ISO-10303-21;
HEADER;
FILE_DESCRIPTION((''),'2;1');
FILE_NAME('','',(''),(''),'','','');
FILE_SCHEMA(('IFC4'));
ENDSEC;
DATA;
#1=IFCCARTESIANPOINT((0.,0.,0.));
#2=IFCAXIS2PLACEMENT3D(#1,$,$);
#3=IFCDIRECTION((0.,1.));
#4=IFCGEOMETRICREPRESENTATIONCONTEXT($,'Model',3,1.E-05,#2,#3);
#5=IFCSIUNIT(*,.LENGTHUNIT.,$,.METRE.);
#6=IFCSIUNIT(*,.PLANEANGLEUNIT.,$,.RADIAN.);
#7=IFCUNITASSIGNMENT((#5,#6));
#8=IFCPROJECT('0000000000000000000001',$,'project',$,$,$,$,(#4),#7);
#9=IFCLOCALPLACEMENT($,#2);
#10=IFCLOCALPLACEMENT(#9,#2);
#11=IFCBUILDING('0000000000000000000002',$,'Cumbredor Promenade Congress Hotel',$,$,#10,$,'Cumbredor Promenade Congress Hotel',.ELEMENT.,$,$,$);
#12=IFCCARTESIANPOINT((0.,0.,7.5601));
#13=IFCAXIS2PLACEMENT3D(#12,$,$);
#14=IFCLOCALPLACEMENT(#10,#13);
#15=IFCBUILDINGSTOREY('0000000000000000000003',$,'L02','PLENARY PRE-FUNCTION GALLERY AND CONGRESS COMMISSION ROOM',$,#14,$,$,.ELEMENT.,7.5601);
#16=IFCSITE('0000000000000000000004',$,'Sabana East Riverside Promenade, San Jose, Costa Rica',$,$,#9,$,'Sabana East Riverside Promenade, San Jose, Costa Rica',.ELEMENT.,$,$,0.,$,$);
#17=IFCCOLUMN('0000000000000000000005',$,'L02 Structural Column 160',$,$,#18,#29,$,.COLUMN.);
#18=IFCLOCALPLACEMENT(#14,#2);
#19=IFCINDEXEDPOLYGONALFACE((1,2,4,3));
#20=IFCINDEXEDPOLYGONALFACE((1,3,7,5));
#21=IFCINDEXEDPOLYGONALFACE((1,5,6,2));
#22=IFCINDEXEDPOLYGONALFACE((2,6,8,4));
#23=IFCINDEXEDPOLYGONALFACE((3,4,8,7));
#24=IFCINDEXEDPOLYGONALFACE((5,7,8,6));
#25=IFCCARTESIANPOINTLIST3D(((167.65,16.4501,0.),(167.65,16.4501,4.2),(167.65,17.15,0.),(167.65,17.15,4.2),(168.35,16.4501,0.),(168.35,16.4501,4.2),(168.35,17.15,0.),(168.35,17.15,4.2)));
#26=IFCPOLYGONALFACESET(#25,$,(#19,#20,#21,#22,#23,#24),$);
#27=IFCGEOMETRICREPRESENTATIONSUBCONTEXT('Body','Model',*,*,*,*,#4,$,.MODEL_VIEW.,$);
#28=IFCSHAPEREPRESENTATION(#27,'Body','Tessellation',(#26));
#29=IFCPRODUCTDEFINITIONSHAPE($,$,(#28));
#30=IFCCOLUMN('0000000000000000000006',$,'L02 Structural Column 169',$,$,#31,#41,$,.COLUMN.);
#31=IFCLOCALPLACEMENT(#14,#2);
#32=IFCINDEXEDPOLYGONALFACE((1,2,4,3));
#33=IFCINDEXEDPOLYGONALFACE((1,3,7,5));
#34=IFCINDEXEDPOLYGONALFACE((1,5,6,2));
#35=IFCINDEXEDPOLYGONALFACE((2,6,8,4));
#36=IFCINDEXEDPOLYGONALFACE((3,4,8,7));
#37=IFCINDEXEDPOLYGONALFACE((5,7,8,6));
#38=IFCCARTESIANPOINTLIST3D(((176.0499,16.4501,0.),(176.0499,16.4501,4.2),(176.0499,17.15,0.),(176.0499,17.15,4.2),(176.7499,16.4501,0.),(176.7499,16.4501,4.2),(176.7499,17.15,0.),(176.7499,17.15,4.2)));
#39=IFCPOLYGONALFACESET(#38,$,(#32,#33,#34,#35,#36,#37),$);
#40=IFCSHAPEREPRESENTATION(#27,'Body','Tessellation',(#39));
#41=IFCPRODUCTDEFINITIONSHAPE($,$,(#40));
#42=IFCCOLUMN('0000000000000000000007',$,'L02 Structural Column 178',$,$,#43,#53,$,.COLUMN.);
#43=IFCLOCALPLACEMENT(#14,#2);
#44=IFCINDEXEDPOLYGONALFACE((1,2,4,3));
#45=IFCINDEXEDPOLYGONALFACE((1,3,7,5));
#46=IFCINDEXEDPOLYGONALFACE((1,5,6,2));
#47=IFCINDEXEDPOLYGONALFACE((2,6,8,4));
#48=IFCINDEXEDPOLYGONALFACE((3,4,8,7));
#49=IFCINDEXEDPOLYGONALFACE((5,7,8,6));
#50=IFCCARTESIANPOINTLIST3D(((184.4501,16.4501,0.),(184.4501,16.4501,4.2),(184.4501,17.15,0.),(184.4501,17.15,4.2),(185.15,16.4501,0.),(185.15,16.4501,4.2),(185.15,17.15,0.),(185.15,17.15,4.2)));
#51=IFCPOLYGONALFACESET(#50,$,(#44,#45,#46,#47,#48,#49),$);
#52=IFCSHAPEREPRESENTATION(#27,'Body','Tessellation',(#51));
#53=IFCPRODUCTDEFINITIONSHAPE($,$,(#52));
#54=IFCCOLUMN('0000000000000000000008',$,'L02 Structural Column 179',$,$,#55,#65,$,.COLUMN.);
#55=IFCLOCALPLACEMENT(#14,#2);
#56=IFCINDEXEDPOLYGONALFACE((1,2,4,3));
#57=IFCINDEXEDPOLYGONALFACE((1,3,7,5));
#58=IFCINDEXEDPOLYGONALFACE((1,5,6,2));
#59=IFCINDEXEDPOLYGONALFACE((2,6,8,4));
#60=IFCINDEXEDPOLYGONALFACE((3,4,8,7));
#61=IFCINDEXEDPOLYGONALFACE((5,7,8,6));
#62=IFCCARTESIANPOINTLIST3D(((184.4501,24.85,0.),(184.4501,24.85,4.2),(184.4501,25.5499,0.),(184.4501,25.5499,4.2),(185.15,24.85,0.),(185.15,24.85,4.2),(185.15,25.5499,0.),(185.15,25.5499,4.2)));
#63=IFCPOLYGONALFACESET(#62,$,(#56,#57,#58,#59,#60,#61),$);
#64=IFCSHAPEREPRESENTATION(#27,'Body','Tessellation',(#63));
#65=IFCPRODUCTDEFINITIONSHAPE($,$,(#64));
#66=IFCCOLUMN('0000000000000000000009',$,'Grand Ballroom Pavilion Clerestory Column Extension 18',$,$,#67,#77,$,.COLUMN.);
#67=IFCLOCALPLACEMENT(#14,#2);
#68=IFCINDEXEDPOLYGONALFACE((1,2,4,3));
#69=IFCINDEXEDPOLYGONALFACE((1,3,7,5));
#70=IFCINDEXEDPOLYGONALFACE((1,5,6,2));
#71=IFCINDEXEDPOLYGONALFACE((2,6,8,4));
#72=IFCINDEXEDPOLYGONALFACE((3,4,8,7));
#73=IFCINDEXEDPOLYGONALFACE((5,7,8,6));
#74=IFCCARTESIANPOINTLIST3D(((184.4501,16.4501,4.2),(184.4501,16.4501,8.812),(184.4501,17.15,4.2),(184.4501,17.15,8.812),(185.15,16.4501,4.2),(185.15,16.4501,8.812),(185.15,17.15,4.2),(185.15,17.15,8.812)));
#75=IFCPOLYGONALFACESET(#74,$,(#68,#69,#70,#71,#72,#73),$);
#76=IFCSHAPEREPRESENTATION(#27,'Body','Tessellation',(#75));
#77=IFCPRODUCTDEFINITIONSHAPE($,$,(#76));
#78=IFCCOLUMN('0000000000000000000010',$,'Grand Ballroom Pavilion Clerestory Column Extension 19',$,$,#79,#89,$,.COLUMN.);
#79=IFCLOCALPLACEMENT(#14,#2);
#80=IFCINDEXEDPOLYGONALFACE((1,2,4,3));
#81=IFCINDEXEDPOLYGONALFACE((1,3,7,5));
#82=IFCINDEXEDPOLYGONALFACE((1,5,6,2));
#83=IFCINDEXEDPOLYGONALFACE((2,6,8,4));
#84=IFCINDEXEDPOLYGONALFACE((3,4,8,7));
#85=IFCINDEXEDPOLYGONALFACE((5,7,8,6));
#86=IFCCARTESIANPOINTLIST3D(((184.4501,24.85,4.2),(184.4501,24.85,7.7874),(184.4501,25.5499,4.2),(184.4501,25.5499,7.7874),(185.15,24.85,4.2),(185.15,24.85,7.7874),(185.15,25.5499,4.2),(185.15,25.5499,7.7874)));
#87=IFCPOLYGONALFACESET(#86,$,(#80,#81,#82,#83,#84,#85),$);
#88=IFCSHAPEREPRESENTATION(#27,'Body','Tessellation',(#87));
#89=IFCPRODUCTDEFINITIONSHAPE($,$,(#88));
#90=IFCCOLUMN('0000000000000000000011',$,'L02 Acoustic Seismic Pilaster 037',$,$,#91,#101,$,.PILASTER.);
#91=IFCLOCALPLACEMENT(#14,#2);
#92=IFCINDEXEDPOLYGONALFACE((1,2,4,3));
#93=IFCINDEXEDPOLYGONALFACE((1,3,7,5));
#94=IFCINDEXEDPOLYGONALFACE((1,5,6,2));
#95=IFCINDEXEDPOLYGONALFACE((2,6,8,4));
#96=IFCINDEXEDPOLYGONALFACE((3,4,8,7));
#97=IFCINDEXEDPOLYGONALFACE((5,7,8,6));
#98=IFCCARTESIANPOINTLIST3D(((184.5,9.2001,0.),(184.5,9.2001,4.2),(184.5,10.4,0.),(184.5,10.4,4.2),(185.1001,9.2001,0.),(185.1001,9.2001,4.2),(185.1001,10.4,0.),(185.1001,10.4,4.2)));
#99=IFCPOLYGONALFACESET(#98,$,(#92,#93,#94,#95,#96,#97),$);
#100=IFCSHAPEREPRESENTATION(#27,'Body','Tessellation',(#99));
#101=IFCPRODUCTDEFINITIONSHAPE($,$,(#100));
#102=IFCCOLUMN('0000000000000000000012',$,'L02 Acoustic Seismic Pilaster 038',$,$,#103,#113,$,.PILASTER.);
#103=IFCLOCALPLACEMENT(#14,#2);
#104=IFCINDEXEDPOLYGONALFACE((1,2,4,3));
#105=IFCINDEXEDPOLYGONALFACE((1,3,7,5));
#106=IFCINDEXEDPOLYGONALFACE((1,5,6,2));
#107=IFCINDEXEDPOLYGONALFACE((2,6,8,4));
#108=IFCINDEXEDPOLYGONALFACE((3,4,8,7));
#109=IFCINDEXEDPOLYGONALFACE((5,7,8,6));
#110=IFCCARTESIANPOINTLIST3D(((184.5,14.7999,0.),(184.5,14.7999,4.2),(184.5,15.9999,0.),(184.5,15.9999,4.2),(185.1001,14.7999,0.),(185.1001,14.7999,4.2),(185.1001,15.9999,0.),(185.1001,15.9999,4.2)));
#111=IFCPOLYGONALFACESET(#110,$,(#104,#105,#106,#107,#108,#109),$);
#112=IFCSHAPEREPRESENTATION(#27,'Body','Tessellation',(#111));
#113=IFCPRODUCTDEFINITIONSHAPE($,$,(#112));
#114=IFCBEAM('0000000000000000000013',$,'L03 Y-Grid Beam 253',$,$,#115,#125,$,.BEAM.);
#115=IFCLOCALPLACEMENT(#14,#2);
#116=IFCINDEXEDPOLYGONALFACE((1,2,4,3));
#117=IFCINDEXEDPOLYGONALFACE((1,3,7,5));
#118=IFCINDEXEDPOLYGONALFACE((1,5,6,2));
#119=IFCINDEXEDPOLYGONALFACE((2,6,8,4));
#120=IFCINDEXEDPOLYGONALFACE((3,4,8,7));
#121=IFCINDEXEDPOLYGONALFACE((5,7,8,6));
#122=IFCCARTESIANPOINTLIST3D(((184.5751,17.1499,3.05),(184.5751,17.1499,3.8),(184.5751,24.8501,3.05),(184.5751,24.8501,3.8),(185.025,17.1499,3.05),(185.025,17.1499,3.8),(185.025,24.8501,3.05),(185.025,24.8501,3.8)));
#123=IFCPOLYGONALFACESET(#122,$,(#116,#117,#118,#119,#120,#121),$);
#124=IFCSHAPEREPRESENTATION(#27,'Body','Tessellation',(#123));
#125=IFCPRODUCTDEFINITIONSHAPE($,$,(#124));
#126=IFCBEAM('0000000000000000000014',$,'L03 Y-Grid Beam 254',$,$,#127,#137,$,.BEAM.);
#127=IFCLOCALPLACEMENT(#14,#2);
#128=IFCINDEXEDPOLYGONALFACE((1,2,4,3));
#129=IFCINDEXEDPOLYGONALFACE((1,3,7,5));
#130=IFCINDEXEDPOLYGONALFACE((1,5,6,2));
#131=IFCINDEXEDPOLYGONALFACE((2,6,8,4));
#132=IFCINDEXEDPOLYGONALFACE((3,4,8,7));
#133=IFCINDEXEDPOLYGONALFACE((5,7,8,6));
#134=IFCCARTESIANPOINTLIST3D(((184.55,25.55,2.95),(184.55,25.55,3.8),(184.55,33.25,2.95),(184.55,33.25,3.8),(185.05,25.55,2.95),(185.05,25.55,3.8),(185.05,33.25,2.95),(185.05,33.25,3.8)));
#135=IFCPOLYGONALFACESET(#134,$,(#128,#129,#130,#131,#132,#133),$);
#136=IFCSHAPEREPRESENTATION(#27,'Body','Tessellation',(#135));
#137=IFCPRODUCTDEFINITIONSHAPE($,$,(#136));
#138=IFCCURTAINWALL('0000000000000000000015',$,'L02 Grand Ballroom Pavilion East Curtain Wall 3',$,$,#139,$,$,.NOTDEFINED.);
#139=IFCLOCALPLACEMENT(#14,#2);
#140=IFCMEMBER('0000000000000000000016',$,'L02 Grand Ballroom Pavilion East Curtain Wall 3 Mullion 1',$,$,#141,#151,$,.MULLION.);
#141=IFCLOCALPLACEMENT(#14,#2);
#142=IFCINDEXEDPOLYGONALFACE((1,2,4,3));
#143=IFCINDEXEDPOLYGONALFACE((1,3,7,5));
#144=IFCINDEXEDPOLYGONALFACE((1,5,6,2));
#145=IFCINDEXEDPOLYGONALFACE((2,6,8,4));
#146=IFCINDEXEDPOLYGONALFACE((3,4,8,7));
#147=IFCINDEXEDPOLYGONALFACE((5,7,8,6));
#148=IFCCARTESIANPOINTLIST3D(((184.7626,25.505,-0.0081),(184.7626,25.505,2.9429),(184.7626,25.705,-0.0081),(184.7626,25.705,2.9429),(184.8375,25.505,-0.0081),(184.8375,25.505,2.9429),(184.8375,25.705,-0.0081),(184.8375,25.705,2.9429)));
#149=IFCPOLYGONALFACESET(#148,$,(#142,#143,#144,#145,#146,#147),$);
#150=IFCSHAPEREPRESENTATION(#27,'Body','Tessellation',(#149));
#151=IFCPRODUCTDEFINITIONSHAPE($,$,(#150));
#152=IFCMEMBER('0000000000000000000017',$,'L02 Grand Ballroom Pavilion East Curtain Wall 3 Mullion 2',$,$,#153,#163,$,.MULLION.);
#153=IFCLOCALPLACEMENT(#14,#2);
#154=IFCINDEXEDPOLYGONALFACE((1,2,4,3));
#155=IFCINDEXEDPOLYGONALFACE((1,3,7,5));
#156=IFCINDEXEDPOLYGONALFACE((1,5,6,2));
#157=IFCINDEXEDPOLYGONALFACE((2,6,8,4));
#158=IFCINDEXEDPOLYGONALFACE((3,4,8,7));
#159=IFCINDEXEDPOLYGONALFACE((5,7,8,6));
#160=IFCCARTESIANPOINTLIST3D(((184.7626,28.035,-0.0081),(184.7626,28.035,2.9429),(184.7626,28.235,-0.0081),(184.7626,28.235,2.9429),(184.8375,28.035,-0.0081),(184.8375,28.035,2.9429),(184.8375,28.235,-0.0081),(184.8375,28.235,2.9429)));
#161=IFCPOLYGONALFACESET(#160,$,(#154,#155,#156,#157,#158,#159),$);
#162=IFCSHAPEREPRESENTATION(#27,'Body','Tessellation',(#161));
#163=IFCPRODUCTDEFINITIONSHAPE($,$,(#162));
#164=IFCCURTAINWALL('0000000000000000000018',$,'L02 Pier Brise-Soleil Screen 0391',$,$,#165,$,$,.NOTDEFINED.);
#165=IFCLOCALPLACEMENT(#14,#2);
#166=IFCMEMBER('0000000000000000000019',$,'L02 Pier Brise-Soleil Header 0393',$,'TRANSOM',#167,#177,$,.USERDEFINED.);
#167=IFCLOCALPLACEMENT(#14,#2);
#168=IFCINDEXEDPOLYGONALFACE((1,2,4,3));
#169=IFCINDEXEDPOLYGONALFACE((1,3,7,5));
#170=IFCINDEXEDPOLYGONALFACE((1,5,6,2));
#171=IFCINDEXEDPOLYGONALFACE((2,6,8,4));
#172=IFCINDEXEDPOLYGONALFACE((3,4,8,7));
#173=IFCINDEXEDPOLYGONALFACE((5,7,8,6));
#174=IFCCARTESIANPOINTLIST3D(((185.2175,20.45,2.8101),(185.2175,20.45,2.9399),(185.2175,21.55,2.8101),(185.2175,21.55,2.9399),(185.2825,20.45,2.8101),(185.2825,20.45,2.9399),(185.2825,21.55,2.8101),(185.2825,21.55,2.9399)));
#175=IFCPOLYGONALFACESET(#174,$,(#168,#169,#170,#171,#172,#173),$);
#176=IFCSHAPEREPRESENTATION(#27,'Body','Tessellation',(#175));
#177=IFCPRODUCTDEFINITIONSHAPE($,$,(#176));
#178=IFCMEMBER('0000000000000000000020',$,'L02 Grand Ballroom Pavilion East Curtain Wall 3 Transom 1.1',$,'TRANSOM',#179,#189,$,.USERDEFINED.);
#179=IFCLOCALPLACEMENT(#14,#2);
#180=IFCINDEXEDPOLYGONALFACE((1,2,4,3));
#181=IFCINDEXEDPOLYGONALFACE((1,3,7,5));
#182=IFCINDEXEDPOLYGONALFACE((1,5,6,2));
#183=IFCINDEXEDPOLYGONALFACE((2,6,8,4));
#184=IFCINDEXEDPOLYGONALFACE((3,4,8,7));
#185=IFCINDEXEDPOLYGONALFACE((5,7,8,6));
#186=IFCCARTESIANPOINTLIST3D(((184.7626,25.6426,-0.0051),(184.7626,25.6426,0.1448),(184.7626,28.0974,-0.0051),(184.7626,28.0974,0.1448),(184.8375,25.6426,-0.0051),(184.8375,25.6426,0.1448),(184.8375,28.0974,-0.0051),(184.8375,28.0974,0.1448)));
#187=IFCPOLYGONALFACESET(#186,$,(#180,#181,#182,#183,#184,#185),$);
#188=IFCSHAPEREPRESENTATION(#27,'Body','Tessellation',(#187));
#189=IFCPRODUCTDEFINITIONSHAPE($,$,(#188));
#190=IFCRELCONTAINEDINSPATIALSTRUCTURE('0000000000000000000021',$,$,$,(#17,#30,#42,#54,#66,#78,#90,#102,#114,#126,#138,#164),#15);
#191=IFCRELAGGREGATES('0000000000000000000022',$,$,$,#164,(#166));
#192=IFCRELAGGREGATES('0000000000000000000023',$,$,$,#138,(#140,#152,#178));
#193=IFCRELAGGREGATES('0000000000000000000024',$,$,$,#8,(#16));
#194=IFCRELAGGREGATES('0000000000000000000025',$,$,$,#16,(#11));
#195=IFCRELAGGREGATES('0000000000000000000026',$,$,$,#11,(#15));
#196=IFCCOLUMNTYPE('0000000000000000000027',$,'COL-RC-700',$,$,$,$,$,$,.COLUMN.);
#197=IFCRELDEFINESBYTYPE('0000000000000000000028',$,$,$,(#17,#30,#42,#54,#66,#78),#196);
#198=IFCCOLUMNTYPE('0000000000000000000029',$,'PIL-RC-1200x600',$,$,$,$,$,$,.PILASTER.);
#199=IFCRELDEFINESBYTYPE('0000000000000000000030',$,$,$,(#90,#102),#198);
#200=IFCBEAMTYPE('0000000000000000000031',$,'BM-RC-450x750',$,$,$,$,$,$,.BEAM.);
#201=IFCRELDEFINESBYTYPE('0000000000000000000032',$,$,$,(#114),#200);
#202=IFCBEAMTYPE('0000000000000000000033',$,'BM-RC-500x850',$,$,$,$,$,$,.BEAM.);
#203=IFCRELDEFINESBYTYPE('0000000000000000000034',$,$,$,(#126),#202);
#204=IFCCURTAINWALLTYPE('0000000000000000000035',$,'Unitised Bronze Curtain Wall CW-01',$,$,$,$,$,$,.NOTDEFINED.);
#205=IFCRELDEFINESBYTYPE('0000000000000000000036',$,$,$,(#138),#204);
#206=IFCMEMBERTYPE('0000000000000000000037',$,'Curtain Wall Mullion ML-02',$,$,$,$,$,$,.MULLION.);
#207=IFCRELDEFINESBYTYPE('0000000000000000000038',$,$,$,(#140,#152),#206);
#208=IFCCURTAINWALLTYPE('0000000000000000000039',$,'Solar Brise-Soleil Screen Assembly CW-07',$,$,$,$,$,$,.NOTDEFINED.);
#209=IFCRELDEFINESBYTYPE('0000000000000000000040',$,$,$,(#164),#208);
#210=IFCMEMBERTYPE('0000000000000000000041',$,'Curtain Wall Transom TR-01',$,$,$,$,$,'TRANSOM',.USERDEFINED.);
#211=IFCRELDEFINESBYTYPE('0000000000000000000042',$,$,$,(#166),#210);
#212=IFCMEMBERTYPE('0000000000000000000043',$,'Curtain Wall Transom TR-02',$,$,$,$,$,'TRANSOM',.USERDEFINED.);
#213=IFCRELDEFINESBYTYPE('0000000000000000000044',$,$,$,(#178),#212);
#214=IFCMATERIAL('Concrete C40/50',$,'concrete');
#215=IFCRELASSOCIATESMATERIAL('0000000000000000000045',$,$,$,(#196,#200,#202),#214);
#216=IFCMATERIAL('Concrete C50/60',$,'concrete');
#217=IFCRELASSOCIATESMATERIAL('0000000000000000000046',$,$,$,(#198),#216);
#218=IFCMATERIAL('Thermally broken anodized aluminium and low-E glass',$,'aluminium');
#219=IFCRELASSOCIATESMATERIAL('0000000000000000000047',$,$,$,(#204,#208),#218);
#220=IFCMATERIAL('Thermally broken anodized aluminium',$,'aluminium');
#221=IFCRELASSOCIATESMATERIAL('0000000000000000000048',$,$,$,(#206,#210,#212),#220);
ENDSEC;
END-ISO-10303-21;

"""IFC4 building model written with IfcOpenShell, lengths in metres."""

from ifc_helpers import new_model, si_unit, direction, frame, origin, origin_2d, place, context, subcontext, project, spatial, rectangle, extrude, material, material_profile, profile_set, type_object, element, aggregate, save


model = new_model("IFC4")

# Units and contexts
model_context = context("Model", 3, precision=1e-05, world=origin(), true_north=direction((0.0, 1.0)))
body_context = subcontext(model_context, "Body", "Model", "MODEL_VIEW")
ifc_project = project(units=[si_unit("LENGTHUNIT", "METRE"), si_unit("PLANEANGLEUNIT", "RADIAN")], contexts=[model_context])

# Site, building, storey
site_placement = place(None, origin())
site = spatial("IfcSite", under=ifc_project, at=site_placement, Name="Sabana East Riverside Promenade, San Jose, Costa Rica", LongName="Sabana East Riverside Promenade, San Jose, Costa Rica", CompositionType="ELEMENT", RefElevation=0.0)
building_placement = place(site_placement, origin())
building = spatial("IfcBuilding", under=site, at=building_placement, Name="Cumbredor Promenade Congress Hotel", LongName="Cumbredor Promenade Congress Hotel", CompositionType="ELEMENT")
storey_placement = place(building_placement, frame((0.0, 0.0, 7.5601)))
storey = spatial("IfcBuildingStorey", under=building, at=storey_placement, Name="L02", Description="PLENARY PRE-FUNCTION GALLERY AND CONGRESS COMMISSION ROOM", CompositionType="ELEMENT", Elevation=7.5601)

# Columns
ifc_material_1 = material(Name="Concrete C40/50", Category="concrete")
ifc_material_profile_1 = material_profile(ifc_material_1, rectangle(XDim=0.7, YDim=0.7, at=origin_2d()), Name="RC 700x700")
ifc_profile_set_1 = profile_set([ifc_material_profile_1], Name="Concrete C40/50")
column_type_1 = type_object("IfcColumnType", Name="COL-RC-700", PredefinedType="COLUMN", material=ifc_profile_set_1)
for number, where, z_axis, x_axis, name in (
    (1, (168.0, 16.8, 0.0), (0.0, 0.0, 1.0), (1.0, 0.0, 0.0), "L02 Structural Column 160"),
    (2, (176.3999, 16.8, 0.0), (0.0, 0.0, 1.0), (1.0, 0.0, 0.0), "L02 Structural Column 169"),
    (3, (184.8, 16.8, 0.0), (0.0, 0.0, 1.0), (1.0, 0.0, 0.0), "L02 Structural Column 178"),
    (4, (184.8, 25.2, 0.0), (0.0, 0.0, 1.0), (1.0, 0.0, 0.0), "L02 Structural Column 179"),
):
    element("IfcColumn", number, at=place(storey_placement, frame(where, z_axis=z_axis, x_axis=x_axis)), inside=storey, type_object=column_type_1, Name=name, PredefinedType="COLUMN", context=body_context, shape_type="SweptSolid", body=[
        extrude(rectangle(XDim=0.7, YDim=0.7, at=origin_2d()), origin(), (0.0, 0.0, 1.0), 4.2),
    ])
column_1_placement = place(storey_placement, frame((184.8, 16.8, 4.2), z_axis=(0.0, 0.0, 1.0), x_axis=(1.0, 0.0, 0.0)))
element("IfcColumn", 5, at=column_1_placement, inside=storey, type_object=column_type_1, Name="Grand Ballroom Pavilion Clerestory Column Extension 18", PredefinedType="COLUMN", context=body_context, shape_type="SweptSolid", body=[
    extrude(rectangle(XDim=0.7, YDim=0.7, at=origin_2d()), origin(), (0.0, 0.0, 1.0), 4.6121),
])
column_2_placement = place(storey_placement, frame((184.8, 25.2, 4.2), z_axis=(0.0, 0.0, 1.0), x_axis=(1.0, 0.0, 0.0)))
element("IfcColumn", 6, at=column_2_placement, inside=storey, type_object=column_type_1, Name="Grand Ballroom Pavilion Clerestory Column Extension 19", PredefinedType="COLUMN", context=body_context, shape_type="SweptSolid", body=[
    extrude(rectangle(XDim=0.7, YDim=0.7, at=origin_2d()), origin(), (0.0, 0.0, 1.0), 3.5874),
])
ifc_material_2 = material(Name="Concrete C50/60", Category="concrete")
ifc_material_profile_2 = material_profile(ifc_material_2, rectangle(XDim=0.6001, YDim=1.2, at=origin_2d()), Name="RC PILASTER 1200x600")
ifc_profile_set_2 = profile_set([ifc_material_profile_2], Name="Concrete C50/60")
column_type_2 = type_object("IfcColumnType", Name="PIL-RC-1200x600", PredefinedType="PILASTER", material=ifc_profile_set_2)
for number, where, z_axis, x_axis, name in (
    (7, (184.8, 9.8, 0.0), (0.0, 0.0, 1.0), (1.0, 0.0, 0.0), "L02 Acoustic Seismic Pilaster 037"),
    (8, (184.8, 15.3999, 0.0), (0.0, 0.0, 1.0), (1.0, 0.0, 0.0), "L02 Acoustic Seismic Pilaster 038"),
):
    element("IfcColumn", number, at=place(storey_placement, frame(where, z_axis=z_axis, x_axis=x_axis)), inside=storey, type_object=column_type_2, Name=name, PredefinedType="PILASTER", context=body_context, shape_type="SweptSolid", body=[
        extrude(rectangle(XDim=0.6001, YDim=1.2, at=origin_2d()), origin(), (0.0, 0.0, 1.0), 4.2),
    ])

# Beams
ifc_material_profile_3 = material_profile(ifc_material_1, rectangle(XDim=0.45, YDim=0.75, at=origin_2d()), Name="RC BEAM 450x750")
ifc_profile_set_3 = profile_set([ifc_material_profile_3], Name="Concrete C40/50")
beam_type_1 = type_object("IfcBeamType", Name="BM-RC-450x750", PredefinedType="BEAM", material=ifc_profile_set_3)
beam_1_placement = place(storey_placement, frame((184.8, 17.1499, 3.425), z_axis=(0.0, 1.0, 0.0), x_axis=(-1.0, 0.0, 0.0)))
element("IfcBeam", 9, at=beam_1_placement, inside=storey, type_object=beam_type_1, Name="L03 Y-Grid Beam 253", PredefinedType="BEAM", context=body_context, shape_type="SweptSolid", body=[
    extrude(rectangle(XDim=0.45, YDim=0.75, at=origin_2d()), origin(), (0.0, 0.0, 1.0), 7.7002),
])
ifc_material_profile_4 = material_profile(ifc_material_1, rectangle(XDim=0.5, YDim=0.8501, at=origin_2d()), Name="RC BEAM 500x850")
ifc_profile_set_4 = profile_set([ifc_material_profile_4], Name="Concrete C40/50")
beam_type_2 = type_object("IfcBeamType", Name="BM-RC-500x850", PredefinedType="BEAM", material=ifc_profile_set_4)
beam_2_placement = place(storey_placement, frame((184.8, 25.55, 3.375), z_axis=(0.0, 1.0, 0.0), x_axis=(-1.0, 0.0, 0.0)))
element("IfcBeam", 10, at=beam_2_placement, inside=storey, type_object=beam_type_2, Name="L03 Y-Grid Beam 254", PredefinedType="BEAM", context=body_context, shape_type="SweptSolid", body=[
    extrude(rectangle(XDim=0.5, YDim=0.8501, at=origin_2d()), origin(), (0.0, 0.0, 1.0), 7.7),
])

# Curtain wall, members
ifc_material_3 = material(Name="Thermally broken anodized aluminium and low-E glass", Category="aluminium")
curtain_wall_type_1 = type_object("IfcCurtainWallType", Name="Unitised Bronze Curtain Wall CW-01", PredefinedType="NOTDEFINED", material=ifc_material_3)
curtain_wall_1_placement = place(storey_placement, origin())
curtain_wall_1 = element("IfcCurtainWall", 11, at=curtain_wall_1_placement, inside=storey, type_object=curtain_wall_type_1, Name="L02 Grand Ballroom Pavilion East Curtain Wall 3", PredefinedType="NOTDEFINED")
ifc_material_4 = material(Name="Thermally broken anodized aluminium", Category="aluminium")
ifc_material_profile_5 = material_profile(ifc_material_4, rectangle(XDim=0.075, YDim=0.2, at=origin_2d()), Name="ALU MULLION 75x200")
ifc_profile_set_5 = profile_set([ifc_material_profile_5], Name="Thermally broken anodized aluminium")
member_type_1 = type_object("IfcMemberType", Name="Curtain Wall Mullion ML-02", PredefinedType="MULLION", material=ifc_profile_set_5)
member_1_placement = place(storey_placement, frame((184.8, 25.605, -0.0081), z_axis=(0.0, 0.0, 1.0), x_axis=(1.0, 0.0, 0.0)))
member_1 = element("IfcMember", 12, at=member_1_placement, type_object=member_type_1, Name="L02 Grand Ballroom Pavilion East Curtain Wall 3 Mullion 1", PredefinedType="MULLION", context=body_context, shape_type="SweptSolid", body=[
    extrude(rectangle(XDim=0.075, YDim=0.2, at=origin_2d()), origin(), (0.0, 0.0, 1.0), 2.9509),
])
member_2_placement = place(storey_placement, frame((184.8, 28.135, -0.0081), z_axis=(0.0, 0.0, 1.0), x_axis=(1.0, 0.0, 0.0)))
member_2 = element("IfcMember", 13, at=member_2_placement, type_object=member_type_1, Name="L02 Grand Ballroom Pavilion East Curtain Wall 3 Mullion 2", PredefinedType="MULLION", context=body_context, shape_type="SweptSolid", body=[
    extrude(rectangle(XDim=0.075, YDim=0.2, at=origin_2d()), origin(), (0.0, 0.0, 1.0), 2.9509),
])

# Curtain wall, member
curtain_wall_type_2 = type_object("IfcCurtainWallType", Name="Solar Brise-Soleil Screen Assembly CW-07", PredefinedType="NOTDEFINED", material=ifc_material_3)
curtain_wall_2_placement = place(storey_placement, origin())
curtain_wall_2 = element("IfcCurtainWall", 14, at=curtain_wall_2_placement, inside=storey, type_object=curtain_wall_type_2, Name="L02 Pier Brise-Soleil Screen 0391", PredefinedType="NOTDEFINED")
ifc_material_profile_6 = material_profile(ifc_material_4, rectangle(XDim=0.0649, YDim=0.1299, at=origin_2d()), Name="ALU TRANSOM 65x130")
ifc_profile_set_6 = profile_set([ifc_material_profile_6], Name="Thermally broken anodized aluminium")
member_type_2 = type_object("IfcMemberType", Name="Curtain Wall Transom TR-01", ElementType="TRANSOM", PredefinedType="USERDEFINED", material=ifc_profile_set_6)
member_3_placement = place(storey_placement, frame((185.25, 20.45, 2.875), z_axis=(0.0, 1.0, 0.0), x_axis=(-1.0, 0.0, 0.0)))
member_3 = element("IfcMember", 15, at=member_3_placement, type_object=member_type_2, Name="L02 Pier Brise-Soleil Header 0393", ObjectType="TRANSOM", PredefinedType="USERDEFINED", context=body_context, shape_type="SweptSolid", body=[
    extrude(rectangle(XDim=0.0649, YDim=0.1299, at=origin_2d()), origin(), (0.0, 0.0, 1.0), 1.1001),
])

# Member
ifc_material_profile_7 = material_profile(ifc_material_4, rectangle(XDim=0.075, YDim=0.1499, at=origin_2d()), Name="ALU TRANSOM 75x150")
ifc_profile_set_7 = profile_set([ifc_material_profile_7], Name="Thermally broken anodized aluminium")
member_type_3 = type_object("IfcMemberType", Name="Curtain Wall Transom TR-02", ElementType="TRANSOM", PredefinedType="USERDEFINED", material=ifc_profile_set_7)
member_4_placement = place(storey_placement, frame((184.8, 25.6426, 0.0698), z_axis=(0.0, 1.0, 0.0), x_axis=(-1.0, 0.0, 0.0)))
member_4 = element("IfcMember", 16, at=member_4_placement, type_object=member_type_3, Name="L02 Grand Ballroom Pavilion East Curtain Wall 3 Transom 1.1", ObjectType="TRANSOM", PredefinedType="USERDEFINED", context=body_context, shape_type="SweptSolid", body=[
    extrude(rectangle(XDim=0.075, YDim=0.1499, at=origin_2d()), origin(), (0.0, 0.0, 1.0), 2.4548),
])

aggregate(curtain_wall_2, [member_3])

aggregate(curtain_wall_1, [member_1, member_2, member_4])

save(model, "model.ifc")
